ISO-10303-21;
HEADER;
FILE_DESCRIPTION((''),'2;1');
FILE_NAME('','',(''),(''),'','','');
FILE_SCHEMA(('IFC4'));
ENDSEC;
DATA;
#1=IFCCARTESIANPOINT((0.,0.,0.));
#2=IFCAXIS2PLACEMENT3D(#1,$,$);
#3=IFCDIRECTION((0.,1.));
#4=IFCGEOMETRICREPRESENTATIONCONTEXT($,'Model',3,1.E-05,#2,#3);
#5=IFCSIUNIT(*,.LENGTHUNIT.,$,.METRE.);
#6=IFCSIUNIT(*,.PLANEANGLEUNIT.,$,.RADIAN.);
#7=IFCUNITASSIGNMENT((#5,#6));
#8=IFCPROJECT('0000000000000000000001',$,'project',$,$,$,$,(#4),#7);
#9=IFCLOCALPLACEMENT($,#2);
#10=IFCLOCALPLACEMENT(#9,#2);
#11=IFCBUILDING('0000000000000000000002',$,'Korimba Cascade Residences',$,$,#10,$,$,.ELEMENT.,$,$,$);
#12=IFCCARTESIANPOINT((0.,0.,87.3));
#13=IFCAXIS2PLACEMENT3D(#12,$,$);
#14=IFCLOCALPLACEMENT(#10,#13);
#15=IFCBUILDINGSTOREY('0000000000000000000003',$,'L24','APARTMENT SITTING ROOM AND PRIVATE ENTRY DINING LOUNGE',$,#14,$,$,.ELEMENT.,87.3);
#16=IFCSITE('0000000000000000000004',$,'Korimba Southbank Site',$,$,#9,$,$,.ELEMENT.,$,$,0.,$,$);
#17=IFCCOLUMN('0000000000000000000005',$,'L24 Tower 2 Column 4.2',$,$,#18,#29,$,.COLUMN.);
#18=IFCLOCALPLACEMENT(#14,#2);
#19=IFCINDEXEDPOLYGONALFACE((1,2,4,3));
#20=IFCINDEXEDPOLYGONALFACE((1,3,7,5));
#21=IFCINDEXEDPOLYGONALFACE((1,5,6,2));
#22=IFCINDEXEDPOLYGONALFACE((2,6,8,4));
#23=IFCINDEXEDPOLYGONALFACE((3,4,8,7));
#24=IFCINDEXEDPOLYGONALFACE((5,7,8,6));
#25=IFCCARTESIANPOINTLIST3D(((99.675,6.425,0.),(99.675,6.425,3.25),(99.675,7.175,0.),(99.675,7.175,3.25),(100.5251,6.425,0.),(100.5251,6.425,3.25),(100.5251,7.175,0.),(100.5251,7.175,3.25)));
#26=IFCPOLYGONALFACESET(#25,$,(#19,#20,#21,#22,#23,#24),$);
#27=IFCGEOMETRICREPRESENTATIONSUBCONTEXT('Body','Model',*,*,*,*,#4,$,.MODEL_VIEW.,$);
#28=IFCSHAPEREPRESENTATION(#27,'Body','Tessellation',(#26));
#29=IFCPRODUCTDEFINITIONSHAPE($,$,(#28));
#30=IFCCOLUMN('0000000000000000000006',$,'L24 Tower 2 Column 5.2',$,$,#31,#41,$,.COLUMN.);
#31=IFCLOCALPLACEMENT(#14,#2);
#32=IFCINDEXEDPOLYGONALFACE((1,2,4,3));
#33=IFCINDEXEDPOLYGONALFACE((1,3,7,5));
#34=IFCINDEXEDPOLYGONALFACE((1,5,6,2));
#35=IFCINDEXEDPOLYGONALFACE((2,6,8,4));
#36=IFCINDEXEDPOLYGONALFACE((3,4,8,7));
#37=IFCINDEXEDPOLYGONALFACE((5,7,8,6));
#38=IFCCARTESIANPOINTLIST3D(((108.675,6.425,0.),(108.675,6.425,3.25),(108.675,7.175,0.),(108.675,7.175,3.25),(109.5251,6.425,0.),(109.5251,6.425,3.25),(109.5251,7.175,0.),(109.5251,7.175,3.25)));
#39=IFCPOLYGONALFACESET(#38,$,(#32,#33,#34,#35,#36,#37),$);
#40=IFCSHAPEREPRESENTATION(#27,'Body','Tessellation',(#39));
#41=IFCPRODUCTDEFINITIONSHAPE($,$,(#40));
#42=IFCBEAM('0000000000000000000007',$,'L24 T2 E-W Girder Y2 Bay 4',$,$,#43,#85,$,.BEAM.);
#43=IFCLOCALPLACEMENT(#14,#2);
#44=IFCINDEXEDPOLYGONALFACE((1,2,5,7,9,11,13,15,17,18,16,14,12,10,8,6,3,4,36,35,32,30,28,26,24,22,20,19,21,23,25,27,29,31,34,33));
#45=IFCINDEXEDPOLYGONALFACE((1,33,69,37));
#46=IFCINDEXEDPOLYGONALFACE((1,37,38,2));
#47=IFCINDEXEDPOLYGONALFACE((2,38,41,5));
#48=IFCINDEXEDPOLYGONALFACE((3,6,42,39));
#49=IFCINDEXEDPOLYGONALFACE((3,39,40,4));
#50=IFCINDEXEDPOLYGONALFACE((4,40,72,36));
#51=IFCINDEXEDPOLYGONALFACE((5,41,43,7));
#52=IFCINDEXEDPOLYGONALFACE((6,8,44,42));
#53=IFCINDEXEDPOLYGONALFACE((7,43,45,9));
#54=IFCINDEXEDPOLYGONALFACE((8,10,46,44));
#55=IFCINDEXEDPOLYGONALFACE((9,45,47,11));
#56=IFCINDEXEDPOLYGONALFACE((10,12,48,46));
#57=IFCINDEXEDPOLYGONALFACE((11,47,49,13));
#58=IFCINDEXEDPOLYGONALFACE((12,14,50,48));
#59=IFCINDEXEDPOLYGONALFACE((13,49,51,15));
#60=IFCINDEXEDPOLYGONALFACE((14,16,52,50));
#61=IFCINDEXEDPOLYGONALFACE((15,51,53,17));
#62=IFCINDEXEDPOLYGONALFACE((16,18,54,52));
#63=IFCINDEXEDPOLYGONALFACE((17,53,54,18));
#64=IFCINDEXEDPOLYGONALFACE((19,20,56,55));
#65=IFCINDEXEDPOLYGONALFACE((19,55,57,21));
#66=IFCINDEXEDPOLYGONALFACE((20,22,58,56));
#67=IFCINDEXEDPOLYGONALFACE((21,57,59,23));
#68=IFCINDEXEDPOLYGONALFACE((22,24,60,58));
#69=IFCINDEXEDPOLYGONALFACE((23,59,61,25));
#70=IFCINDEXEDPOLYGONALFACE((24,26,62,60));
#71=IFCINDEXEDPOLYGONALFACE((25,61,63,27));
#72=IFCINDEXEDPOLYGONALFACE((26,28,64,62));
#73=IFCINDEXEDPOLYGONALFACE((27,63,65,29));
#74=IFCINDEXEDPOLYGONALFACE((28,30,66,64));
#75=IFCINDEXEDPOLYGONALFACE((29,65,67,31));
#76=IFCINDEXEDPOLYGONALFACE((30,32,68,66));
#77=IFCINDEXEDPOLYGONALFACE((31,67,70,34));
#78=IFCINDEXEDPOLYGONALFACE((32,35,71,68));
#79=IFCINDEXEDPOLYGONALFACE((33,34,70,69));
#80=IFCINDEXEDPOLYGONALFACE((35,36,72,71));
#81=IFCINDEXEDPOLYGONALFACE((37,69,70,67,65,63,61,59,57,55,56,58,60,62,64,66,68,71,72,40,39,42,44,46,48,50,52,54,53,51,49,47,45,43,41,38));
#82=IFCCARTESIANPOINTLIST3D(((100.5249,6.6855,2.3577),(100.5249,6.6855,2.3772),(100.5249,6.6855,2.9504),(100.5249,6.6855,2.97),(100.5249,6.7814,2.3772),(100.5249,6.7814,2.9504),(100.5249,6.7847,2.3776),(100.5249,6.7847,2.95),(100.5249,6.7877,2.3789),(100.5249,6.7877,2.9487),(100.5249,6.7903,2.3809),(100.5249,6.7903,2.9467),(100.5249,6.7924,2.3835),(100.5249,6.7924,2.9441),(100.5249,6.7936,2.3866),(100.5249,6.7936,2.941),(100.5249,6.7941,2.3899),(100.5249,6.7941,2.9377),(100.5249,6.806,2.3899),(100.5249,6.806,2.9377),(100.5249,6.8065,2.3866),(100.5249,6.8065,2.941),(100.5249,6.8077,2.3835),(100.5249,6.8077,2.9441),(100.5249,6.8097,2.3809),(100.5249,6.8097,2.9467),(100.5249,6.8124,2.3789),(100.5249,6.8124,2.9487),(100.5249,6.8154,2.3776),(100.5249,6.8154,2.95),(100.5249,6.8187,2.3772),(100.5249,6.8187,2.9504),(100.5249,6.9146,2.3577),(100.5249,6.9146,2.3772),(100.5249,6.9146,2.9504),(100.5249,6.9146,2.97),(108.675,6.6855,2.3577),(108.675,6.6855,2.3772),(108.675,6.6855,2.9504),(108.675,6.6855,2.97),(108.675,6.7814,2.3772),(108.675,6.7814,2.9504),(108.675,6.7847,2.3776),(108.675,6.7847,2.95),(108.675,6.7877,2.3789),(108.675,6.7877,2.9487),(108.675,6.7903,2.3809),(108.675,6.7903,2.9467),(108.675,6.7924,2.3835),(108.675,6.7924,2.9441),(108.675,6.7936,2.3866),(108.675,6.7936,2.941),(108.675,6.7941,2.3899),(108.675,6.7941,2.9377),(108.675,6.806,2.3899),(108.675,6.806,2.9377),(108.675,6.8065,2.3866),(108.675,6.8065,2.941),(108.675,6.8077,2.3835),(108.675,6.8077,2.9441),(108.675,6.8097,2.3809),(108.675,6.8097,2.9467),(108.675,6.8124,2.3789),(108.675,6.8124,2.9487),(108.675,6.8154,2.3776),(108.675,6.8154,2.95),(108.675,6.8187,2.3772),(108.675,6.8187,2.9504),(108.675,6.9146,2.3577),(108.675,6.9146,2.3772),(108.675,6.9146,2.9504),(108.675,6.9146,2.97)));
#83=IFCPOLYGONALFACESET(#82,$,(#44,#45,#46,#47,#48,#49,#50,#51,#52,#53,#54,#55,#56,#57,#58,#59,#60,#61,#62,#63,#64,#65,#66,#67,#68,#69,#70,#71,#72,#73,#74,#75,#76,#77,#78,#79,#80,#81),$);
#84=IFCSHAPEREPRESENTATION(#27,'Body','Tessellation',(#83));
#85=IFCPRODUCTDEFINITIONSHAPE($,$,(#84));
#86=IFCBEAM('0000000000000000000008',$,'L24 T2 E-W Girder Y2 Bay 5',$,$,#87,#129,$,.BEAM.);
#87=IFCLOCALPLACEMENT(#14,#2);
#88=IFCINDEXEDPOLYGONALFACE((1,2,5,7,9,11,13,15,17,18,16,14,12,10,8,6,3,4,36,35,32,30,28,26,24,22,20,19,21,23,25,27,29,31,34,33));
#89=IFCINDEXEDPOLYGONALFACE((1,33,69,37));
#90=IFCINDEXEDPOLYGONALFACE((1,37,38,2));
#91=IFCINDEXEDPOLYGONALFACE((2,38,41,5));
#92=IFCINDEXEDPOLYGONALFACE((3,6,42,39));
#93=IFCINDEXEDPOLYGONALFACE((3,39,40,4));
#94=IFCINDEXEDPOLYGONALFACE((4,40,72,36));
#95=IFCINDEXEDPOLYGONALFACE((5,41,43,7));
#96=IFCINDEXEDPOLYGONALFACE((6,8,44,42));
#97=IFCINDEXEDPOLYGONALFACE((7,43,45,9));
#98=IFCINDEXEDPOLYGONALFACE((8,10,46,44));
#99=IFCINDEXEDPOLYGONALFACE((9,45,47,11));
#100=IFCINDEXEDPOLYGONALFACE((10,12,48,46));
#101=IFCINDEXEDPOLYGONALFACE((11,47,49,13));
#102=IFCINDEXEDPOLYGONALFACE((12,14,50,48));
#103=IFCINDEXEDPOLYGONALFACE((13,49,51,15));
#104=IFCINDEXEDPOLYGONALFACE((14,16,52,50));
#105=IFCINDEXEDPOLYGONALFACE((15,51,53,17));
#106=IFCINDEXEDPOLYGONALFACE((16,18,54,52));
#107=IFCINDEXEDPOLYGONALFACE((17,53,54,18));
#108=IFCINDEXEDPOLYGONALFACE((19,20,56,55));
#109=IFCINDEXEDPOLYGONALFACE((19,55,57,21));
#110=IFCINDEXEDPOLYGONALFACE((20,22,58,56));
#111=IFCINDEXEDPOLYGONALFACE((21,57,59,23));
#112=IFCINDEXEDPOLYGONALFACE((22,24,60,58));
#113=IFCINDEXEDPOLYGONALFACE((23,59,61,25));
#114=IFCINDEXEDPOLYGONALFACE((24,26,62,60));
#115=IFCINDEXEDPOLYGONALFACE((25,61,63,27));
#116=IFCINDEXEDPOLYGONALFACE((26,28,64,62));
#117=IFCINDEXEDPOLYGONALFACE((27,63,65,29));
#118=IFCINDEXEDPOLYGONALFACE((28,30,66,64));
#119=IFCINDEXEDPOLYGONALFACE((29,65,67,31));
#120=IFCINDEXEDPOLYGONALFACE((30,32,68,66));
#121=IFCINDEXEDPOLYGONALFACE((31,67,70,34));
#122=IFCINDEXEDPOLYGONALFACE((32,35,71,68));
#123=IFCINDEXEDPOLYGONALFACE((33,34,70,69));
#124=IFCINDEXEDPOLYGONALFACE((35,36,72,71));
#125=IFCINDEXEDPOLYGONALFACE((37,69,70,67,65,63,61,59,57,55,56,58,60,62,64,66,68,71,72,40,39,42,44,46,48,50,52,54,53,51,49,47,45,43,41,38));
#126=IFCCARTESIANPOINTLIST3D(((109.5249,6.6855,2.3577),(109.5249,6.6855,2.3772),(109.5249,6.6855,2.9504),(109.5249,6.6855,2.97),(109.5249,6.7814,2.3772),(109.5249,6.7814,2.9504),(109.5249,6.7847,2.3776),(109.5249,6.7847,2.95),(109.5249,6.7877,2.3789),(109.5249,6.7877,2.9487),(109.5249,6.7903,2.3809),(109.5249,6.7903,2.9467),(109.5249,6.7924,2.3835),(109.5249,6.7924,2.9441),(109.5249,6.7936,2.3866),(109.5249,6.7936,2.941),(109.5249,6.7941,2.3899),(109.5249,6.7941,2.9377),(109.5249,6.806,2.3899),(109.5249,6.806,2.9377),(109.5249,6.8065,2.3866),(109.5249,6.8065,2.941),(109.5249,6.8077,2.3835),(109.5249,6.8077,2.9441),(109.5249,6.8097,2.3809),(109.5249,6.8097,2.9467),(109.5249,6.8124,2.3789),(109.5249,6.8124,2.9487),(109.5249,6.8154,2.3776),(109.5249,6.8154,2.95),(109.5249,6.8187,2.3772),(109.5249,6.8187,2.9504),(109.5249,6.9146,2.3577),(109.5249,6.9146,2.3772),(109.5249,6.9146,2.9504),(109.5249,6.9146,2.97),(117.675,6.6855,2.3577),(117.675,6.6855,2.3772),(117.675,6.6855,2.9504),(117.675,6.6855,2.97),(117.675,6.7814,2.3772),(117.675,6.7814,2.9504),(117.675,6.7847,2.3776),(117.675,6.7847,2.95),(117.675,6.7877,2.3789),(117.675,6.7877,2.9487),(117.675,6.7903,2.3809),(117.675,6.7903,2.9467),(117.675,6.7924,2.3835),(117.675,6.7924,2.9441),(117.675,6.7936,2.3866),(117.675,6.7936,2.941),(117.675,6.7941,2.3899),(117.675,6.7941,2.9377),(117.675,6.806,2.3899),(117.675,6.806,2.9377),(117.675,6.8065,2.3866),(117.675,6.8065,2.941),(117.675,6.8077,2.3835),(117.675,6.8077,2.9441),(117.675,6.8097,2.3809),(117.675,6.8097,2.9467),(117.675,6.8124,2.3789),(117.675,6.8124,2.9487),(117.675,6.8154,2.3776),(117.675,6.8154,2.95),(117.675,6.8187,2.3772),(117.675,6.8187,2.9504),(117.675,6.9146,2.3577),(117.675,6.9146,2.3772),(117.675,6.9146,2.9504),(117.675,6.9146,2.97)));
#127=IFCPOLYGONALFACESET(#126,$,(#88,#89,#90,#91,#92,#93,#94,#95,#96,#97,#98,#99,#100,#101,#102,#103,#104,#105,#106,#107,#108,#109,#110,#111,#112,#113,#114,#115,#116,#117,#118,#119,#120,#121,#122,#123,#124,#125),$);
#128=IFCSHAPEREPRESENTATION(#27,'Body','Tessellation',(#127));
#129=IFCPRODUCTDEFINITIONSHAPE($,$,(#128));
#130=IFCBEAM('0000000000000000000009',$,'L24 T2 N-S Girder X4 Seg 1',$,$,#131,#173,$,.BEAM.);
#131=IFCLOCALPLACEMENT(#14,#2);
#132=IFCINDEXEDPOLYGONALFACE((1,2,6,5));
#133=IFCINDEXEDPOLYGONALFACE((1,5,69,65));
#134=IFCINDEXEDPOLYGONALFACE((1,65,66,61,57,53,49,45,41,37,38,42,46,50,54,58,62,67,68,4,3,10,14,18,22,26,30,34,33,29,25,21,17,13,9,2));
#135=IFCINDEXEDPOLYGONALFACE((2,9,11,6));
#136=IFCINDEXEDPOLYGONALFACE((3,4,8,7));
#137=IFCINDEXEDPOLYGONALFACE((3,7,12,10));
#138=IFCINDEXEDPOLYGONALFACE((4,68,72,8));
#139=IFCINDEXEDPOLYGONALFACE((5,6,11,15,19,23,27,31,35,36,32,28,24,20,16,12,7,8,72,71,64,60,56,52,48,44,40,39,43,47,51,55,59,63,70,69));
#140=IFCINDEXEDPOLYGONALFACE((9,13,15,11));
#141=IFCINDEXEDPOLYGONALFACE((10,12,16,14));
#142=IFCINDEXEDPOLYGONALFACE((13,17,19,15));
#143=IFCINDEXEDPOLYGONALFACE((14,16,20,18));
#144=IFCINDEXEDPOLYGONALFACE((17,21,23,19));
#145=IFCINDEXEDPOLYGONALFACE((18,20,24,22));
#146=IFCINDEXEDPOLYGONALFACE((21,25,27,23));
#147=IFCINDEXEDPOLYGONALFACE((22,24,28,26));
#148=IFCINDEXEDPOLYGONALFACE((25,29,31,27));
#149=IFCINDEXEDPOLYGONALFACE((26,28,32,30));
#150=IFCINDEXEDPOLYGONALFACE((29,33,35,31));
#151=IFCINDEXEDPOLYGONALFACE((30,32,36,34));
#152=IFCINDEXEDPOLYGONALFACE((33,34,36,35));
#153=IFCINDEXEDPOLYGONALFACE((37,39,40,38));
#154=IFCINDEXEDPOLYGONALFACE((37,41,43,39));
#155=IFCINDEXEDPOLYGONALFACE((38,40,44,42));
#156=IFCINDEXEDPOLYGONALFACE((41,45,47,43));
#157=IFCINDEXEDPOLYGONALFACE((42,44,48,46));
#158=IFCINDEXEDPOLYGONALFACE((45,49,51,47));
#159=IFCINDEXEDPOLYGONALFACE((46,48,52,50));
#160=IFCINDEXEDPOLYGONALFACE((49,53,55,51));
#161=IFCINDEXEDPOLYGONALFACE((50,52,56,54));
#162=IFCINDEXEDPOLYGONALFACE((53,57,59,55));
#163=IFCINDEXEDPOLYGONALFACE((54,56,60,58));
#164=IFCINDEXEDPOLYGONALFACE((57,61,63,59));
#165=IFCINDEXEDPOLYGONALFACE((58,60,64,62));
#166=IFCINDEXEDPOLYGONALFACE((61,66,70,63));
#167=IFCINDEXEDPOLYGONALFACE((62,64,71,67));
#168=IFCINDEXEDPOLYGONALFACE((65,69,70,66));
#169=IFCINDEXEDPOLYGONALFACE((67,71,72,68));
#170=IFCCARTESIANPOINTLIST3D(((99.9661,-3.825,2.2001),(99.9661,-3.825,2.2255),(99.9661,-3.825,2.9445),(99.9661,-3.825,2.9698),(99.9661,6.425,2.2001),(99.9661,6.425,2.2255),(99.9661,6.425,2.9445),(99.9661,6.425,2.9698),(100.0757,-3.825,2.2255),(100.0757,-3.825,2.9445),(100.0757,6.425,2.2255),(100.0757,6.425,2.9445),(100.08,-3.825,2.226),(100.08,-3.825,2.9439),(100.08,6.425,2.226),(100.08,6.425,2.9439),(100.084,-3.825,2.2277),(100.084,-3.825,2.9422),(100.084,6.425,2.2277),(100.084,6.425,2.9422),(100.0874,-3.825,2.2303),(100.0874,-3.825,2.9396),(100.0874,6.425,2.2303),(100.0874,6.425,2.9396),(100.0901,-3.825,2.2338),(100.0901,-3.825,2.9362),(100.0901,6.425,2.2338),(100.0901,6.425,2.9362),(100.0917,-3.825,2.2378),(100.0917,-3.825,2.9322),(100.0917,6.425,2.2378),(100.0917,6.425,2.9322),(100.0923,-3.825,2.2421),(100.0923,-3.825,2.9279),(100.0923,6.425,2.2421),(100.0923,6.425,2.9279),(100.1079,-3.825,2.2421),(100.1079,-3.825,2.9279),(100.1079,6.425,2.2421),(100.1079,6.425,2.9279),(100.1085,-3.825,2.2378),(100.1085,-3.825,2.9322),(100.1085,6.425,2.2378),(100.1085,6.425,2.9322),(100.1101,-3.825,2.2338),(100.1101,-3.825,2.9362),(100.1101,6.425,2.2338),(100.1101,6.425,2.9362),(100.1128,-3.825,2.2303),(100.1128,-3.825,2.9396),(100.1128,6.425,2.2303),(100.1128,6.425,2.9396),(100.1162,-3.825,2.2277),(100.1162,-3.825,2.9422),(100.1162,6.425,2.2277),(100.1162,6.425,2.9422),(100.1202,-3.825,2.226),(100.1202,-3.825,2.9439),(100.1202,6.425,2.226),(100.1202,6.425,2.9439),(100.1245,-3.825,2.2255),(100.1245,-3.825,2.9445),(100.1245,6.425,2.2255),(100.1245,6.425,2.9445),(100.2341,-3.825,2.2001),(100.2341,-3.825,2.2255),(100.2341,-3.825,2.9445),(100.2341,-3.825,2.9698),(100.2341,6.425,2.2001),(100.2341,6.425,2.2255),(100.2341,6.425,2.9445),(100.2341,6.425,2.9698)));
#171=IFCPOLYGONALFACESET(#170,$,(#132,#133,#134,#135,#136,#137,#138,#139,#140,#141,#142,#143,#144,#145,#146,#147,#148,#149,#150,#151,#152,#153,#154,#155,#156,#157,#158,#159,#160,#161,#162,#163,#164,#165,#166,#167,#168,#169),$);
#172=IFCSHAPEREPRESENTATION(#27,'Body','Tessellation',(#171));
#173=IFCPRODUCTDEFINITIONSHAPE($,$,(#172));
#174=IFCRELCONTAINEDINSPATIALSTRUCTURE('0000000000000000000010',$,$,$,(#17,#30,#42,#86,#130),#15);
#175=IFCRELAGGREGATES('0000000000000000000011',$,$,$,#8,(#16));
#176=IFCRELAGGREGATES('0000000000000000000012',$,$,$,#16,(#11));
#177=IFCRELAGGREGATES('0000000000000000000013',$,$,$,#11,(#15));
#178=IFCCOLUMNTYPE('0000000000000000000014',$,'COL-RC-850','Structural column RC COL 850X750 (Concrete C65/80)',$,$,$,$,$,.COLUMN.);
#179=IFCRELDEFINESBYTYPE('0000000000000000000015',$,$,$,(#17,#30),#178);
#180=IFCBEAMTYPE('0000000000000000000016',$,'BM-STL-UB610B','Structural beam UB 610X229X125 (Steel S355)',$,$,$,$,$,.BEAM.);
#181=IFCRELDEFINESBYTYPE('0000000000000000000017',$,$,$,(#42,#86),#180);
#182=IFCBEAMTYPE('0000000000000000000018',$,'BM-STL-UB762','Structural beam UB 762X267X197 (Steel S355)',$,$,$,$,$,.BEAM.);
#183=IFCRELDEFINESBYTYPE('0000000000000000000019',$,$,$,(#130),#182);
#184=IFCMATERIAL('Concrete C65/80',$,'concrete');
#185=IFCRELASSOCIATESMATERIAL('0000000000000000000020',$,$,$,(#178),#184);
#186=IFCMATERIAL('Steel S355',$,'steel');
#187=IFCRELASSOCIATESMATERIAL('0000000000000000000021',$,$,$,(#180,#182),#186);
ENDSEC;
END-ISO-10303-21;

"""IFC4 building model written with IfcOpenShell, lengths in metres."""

from ifc_helpers import new_model, si_unit, direction, frame, origin, origin_2d, place, context, subcontext, project, spatial, rectangle, i_section, extrude, material, material_profile, profile_set, type_object, element, save


model = new_model("IFC4")

# Units and contexts
model_context = context("Model", 3, precision=1e-05, world=origin(), true_north=direction((0.0, 1.0)))
body_context = subcontext(model_context, "Body", "Model", "MODEL_VIEW")
ifc_project = project(units=[si_unit("LENGTHUNIT", "METRE"), si_unit("PLANEANGLEUNIT", "RADIAN")], contexts=[model_context])

# Site, building, storey
site_placement = place(None, origin())
site = spatial("IfcSite", under=ifc_project, at=site_placement, Name="Korimba Southbank Site", CompositionType="ELEMENT", RefElevation=0.0)
building_placement = place(site_placement, origin())
building = spatial("IfcBuilding", under=site, at=building_placement, Name="Korimba Cascade Residences", CompositionType="ELEMENT")
storey_placement = place(building_placement, frame((0.0, 0.0, 87.3)))
storey = spatial("IfcBuildingStorey", under=building, at=storey_placement, Name="L24", Description="APARTMENT SITTING ROOM AND PRIVATE ENTRY DINING LOUNGE", CompositionType="ELEMENT", Elevation=87.3)

# Columns
ifc_material_1 = material(Name="Concrete C65/80", Category="concrete")
ifc_material_profile_1 = material_profile(ifc_material_1, rectangle(XDim=0.8501, YDim=0.75, at=origin_2d()), Name="Concrete C65/80")
ifc_profile_set_1 = profile_set([ifc_material_profile_1], Name="Concrete C65/80")
column_type = type_object("IfcColumnType", Name="COL-RC-850", Description="Structural column RC COL 850X750 (Concrete C65/80)", PredefinedType="COLUMN", material=ifc_profile_set_1)
for number, where, z_axis, x_axis, name in (
    (1, (100.1001, 6.8, 0.0), (0.0, 0.0, 1.0), (1.0, 0.0, 0.0), "L24 Tower 2 Column 4.2"),
    (2, (109.1001, 6.8, 0.0), (0.0, 0.0, 1.0), (1.0, 0.0, 0.0), "L24 Tower 2 Column 5.2"),
):
    element("IfcColumn", number, at=place(storey_placement, frame(where, z_axis=z_axis, x_axis=x_axis)), inside=storey, type_object=column_type, Name=name, PredefinedType="COLUMN", context=body_context, shape_type="SweptSolid", body=[
        extrude(rectangle(XDim=0.8501, YDim=0.75, at=origin_2d()), origin(), (0.0, 0.0, 1.0), 3.25),
    ])

# Beams
ifc_material_2 = material(Name="Steel S355", Category="steel")
ifc_material_profile_2 = material_profile(ifc_material_2, i_section(OverallWidth=0.229, OverallDepth=0.6123, WebThickness=0.012, FlangeThickness=0.0195, FilletRadius=0.0127, at=origin_2d()), Name="Steel S355")
ifc_profile_set_2 = profile_set([ifc_material_profile_2], Name="Steel S355")
beam_type_1 = type_object("IfcBeamType", Name="BM-STL-UB610B", Description="Structural beam UB 610X229X125 (Steel S355)", PredefinedType="BEAM", material=ifc_profile_set_2)
for number, where, z_axis, x_axis, name in (
    (3, (100.5249, 6.8, 2.6638), (1.0, 0.0, 0.0), (0.0, 1.0, 0.0), "L24 T2 E-W Girder Y2 Bay 4"),
    (4, (109.5249, 6.8, 2.6638), (1.0, 0.0, 0.0), (0.0, 1.0, 0.0), "L24 T2 E-W Girder Y2 Bay 5"),
):
    element("IfcBeam", number, at=place(storey_placement, frame(where, z_axis=z_axis, x_axis=x_axis)), inside=storey, type_object=beam_type_1, Name=name, PredefinedType="BEAM", context=body_context, shape_type="SweptSolid", body=[
        extrude(i_section(OverallWidth=0.229, OverallDepth=0.6123, WebThickness=0.012, FlangeThickness=0.0195, FilletRadius=0.0127, at=origin_2d()), origin(), (0.0, 0.0, 1.0), 8.1501),
    ])
ifc_material_profile_3 = material_profile(ifc_material_2, i_section(OverallWidth=0.2681, OverallDepth=0.7698, WebThickness=0.0156, FlangeThickness=0.0254, FilletRadius=0.0166, at=origin_2d()), Name="Steel S355")
ifc_profile_set_3 = profile_set([ifc_material_profile_3], Name="Steel S355")
beam_type_2 = type_object("IfcBeamType", Name="BM-STL-UB762", Description="Structural beam UB 762X267X197 (Steel S355)", PredefinedType="BEAM", material=ifc_profile_set_3)
for number, where, z_axis, x_axis, name in (
    (5, (100.1001, -3.825, 2.585), (0.0, 1.0, 0.0), (-1.0, 0.0, 0.0), "L24 T2 N-S Girder X4 Seg 1"),
):
    element("IfcBeam", number, at=place(storey_placement, frame(where, z_axis=z_axis, x_axis=x_axis)), inside=storey, type_object=beam_type_2, Name=name, PredefinedType="BEAM", context=body_context, shape_type="SweptSolid", body=[
        extrude(i_section(OverallWidth=0.2681, OverallDepth=0.7698, WebThickness=0.0156, FlangeThickness=0.0254, FilletRadius=0.0166, at=origin_2d()), origin(), (0.0, 0.0, 1.0), 10.25),
    ])

save(model, "model.ifc")
